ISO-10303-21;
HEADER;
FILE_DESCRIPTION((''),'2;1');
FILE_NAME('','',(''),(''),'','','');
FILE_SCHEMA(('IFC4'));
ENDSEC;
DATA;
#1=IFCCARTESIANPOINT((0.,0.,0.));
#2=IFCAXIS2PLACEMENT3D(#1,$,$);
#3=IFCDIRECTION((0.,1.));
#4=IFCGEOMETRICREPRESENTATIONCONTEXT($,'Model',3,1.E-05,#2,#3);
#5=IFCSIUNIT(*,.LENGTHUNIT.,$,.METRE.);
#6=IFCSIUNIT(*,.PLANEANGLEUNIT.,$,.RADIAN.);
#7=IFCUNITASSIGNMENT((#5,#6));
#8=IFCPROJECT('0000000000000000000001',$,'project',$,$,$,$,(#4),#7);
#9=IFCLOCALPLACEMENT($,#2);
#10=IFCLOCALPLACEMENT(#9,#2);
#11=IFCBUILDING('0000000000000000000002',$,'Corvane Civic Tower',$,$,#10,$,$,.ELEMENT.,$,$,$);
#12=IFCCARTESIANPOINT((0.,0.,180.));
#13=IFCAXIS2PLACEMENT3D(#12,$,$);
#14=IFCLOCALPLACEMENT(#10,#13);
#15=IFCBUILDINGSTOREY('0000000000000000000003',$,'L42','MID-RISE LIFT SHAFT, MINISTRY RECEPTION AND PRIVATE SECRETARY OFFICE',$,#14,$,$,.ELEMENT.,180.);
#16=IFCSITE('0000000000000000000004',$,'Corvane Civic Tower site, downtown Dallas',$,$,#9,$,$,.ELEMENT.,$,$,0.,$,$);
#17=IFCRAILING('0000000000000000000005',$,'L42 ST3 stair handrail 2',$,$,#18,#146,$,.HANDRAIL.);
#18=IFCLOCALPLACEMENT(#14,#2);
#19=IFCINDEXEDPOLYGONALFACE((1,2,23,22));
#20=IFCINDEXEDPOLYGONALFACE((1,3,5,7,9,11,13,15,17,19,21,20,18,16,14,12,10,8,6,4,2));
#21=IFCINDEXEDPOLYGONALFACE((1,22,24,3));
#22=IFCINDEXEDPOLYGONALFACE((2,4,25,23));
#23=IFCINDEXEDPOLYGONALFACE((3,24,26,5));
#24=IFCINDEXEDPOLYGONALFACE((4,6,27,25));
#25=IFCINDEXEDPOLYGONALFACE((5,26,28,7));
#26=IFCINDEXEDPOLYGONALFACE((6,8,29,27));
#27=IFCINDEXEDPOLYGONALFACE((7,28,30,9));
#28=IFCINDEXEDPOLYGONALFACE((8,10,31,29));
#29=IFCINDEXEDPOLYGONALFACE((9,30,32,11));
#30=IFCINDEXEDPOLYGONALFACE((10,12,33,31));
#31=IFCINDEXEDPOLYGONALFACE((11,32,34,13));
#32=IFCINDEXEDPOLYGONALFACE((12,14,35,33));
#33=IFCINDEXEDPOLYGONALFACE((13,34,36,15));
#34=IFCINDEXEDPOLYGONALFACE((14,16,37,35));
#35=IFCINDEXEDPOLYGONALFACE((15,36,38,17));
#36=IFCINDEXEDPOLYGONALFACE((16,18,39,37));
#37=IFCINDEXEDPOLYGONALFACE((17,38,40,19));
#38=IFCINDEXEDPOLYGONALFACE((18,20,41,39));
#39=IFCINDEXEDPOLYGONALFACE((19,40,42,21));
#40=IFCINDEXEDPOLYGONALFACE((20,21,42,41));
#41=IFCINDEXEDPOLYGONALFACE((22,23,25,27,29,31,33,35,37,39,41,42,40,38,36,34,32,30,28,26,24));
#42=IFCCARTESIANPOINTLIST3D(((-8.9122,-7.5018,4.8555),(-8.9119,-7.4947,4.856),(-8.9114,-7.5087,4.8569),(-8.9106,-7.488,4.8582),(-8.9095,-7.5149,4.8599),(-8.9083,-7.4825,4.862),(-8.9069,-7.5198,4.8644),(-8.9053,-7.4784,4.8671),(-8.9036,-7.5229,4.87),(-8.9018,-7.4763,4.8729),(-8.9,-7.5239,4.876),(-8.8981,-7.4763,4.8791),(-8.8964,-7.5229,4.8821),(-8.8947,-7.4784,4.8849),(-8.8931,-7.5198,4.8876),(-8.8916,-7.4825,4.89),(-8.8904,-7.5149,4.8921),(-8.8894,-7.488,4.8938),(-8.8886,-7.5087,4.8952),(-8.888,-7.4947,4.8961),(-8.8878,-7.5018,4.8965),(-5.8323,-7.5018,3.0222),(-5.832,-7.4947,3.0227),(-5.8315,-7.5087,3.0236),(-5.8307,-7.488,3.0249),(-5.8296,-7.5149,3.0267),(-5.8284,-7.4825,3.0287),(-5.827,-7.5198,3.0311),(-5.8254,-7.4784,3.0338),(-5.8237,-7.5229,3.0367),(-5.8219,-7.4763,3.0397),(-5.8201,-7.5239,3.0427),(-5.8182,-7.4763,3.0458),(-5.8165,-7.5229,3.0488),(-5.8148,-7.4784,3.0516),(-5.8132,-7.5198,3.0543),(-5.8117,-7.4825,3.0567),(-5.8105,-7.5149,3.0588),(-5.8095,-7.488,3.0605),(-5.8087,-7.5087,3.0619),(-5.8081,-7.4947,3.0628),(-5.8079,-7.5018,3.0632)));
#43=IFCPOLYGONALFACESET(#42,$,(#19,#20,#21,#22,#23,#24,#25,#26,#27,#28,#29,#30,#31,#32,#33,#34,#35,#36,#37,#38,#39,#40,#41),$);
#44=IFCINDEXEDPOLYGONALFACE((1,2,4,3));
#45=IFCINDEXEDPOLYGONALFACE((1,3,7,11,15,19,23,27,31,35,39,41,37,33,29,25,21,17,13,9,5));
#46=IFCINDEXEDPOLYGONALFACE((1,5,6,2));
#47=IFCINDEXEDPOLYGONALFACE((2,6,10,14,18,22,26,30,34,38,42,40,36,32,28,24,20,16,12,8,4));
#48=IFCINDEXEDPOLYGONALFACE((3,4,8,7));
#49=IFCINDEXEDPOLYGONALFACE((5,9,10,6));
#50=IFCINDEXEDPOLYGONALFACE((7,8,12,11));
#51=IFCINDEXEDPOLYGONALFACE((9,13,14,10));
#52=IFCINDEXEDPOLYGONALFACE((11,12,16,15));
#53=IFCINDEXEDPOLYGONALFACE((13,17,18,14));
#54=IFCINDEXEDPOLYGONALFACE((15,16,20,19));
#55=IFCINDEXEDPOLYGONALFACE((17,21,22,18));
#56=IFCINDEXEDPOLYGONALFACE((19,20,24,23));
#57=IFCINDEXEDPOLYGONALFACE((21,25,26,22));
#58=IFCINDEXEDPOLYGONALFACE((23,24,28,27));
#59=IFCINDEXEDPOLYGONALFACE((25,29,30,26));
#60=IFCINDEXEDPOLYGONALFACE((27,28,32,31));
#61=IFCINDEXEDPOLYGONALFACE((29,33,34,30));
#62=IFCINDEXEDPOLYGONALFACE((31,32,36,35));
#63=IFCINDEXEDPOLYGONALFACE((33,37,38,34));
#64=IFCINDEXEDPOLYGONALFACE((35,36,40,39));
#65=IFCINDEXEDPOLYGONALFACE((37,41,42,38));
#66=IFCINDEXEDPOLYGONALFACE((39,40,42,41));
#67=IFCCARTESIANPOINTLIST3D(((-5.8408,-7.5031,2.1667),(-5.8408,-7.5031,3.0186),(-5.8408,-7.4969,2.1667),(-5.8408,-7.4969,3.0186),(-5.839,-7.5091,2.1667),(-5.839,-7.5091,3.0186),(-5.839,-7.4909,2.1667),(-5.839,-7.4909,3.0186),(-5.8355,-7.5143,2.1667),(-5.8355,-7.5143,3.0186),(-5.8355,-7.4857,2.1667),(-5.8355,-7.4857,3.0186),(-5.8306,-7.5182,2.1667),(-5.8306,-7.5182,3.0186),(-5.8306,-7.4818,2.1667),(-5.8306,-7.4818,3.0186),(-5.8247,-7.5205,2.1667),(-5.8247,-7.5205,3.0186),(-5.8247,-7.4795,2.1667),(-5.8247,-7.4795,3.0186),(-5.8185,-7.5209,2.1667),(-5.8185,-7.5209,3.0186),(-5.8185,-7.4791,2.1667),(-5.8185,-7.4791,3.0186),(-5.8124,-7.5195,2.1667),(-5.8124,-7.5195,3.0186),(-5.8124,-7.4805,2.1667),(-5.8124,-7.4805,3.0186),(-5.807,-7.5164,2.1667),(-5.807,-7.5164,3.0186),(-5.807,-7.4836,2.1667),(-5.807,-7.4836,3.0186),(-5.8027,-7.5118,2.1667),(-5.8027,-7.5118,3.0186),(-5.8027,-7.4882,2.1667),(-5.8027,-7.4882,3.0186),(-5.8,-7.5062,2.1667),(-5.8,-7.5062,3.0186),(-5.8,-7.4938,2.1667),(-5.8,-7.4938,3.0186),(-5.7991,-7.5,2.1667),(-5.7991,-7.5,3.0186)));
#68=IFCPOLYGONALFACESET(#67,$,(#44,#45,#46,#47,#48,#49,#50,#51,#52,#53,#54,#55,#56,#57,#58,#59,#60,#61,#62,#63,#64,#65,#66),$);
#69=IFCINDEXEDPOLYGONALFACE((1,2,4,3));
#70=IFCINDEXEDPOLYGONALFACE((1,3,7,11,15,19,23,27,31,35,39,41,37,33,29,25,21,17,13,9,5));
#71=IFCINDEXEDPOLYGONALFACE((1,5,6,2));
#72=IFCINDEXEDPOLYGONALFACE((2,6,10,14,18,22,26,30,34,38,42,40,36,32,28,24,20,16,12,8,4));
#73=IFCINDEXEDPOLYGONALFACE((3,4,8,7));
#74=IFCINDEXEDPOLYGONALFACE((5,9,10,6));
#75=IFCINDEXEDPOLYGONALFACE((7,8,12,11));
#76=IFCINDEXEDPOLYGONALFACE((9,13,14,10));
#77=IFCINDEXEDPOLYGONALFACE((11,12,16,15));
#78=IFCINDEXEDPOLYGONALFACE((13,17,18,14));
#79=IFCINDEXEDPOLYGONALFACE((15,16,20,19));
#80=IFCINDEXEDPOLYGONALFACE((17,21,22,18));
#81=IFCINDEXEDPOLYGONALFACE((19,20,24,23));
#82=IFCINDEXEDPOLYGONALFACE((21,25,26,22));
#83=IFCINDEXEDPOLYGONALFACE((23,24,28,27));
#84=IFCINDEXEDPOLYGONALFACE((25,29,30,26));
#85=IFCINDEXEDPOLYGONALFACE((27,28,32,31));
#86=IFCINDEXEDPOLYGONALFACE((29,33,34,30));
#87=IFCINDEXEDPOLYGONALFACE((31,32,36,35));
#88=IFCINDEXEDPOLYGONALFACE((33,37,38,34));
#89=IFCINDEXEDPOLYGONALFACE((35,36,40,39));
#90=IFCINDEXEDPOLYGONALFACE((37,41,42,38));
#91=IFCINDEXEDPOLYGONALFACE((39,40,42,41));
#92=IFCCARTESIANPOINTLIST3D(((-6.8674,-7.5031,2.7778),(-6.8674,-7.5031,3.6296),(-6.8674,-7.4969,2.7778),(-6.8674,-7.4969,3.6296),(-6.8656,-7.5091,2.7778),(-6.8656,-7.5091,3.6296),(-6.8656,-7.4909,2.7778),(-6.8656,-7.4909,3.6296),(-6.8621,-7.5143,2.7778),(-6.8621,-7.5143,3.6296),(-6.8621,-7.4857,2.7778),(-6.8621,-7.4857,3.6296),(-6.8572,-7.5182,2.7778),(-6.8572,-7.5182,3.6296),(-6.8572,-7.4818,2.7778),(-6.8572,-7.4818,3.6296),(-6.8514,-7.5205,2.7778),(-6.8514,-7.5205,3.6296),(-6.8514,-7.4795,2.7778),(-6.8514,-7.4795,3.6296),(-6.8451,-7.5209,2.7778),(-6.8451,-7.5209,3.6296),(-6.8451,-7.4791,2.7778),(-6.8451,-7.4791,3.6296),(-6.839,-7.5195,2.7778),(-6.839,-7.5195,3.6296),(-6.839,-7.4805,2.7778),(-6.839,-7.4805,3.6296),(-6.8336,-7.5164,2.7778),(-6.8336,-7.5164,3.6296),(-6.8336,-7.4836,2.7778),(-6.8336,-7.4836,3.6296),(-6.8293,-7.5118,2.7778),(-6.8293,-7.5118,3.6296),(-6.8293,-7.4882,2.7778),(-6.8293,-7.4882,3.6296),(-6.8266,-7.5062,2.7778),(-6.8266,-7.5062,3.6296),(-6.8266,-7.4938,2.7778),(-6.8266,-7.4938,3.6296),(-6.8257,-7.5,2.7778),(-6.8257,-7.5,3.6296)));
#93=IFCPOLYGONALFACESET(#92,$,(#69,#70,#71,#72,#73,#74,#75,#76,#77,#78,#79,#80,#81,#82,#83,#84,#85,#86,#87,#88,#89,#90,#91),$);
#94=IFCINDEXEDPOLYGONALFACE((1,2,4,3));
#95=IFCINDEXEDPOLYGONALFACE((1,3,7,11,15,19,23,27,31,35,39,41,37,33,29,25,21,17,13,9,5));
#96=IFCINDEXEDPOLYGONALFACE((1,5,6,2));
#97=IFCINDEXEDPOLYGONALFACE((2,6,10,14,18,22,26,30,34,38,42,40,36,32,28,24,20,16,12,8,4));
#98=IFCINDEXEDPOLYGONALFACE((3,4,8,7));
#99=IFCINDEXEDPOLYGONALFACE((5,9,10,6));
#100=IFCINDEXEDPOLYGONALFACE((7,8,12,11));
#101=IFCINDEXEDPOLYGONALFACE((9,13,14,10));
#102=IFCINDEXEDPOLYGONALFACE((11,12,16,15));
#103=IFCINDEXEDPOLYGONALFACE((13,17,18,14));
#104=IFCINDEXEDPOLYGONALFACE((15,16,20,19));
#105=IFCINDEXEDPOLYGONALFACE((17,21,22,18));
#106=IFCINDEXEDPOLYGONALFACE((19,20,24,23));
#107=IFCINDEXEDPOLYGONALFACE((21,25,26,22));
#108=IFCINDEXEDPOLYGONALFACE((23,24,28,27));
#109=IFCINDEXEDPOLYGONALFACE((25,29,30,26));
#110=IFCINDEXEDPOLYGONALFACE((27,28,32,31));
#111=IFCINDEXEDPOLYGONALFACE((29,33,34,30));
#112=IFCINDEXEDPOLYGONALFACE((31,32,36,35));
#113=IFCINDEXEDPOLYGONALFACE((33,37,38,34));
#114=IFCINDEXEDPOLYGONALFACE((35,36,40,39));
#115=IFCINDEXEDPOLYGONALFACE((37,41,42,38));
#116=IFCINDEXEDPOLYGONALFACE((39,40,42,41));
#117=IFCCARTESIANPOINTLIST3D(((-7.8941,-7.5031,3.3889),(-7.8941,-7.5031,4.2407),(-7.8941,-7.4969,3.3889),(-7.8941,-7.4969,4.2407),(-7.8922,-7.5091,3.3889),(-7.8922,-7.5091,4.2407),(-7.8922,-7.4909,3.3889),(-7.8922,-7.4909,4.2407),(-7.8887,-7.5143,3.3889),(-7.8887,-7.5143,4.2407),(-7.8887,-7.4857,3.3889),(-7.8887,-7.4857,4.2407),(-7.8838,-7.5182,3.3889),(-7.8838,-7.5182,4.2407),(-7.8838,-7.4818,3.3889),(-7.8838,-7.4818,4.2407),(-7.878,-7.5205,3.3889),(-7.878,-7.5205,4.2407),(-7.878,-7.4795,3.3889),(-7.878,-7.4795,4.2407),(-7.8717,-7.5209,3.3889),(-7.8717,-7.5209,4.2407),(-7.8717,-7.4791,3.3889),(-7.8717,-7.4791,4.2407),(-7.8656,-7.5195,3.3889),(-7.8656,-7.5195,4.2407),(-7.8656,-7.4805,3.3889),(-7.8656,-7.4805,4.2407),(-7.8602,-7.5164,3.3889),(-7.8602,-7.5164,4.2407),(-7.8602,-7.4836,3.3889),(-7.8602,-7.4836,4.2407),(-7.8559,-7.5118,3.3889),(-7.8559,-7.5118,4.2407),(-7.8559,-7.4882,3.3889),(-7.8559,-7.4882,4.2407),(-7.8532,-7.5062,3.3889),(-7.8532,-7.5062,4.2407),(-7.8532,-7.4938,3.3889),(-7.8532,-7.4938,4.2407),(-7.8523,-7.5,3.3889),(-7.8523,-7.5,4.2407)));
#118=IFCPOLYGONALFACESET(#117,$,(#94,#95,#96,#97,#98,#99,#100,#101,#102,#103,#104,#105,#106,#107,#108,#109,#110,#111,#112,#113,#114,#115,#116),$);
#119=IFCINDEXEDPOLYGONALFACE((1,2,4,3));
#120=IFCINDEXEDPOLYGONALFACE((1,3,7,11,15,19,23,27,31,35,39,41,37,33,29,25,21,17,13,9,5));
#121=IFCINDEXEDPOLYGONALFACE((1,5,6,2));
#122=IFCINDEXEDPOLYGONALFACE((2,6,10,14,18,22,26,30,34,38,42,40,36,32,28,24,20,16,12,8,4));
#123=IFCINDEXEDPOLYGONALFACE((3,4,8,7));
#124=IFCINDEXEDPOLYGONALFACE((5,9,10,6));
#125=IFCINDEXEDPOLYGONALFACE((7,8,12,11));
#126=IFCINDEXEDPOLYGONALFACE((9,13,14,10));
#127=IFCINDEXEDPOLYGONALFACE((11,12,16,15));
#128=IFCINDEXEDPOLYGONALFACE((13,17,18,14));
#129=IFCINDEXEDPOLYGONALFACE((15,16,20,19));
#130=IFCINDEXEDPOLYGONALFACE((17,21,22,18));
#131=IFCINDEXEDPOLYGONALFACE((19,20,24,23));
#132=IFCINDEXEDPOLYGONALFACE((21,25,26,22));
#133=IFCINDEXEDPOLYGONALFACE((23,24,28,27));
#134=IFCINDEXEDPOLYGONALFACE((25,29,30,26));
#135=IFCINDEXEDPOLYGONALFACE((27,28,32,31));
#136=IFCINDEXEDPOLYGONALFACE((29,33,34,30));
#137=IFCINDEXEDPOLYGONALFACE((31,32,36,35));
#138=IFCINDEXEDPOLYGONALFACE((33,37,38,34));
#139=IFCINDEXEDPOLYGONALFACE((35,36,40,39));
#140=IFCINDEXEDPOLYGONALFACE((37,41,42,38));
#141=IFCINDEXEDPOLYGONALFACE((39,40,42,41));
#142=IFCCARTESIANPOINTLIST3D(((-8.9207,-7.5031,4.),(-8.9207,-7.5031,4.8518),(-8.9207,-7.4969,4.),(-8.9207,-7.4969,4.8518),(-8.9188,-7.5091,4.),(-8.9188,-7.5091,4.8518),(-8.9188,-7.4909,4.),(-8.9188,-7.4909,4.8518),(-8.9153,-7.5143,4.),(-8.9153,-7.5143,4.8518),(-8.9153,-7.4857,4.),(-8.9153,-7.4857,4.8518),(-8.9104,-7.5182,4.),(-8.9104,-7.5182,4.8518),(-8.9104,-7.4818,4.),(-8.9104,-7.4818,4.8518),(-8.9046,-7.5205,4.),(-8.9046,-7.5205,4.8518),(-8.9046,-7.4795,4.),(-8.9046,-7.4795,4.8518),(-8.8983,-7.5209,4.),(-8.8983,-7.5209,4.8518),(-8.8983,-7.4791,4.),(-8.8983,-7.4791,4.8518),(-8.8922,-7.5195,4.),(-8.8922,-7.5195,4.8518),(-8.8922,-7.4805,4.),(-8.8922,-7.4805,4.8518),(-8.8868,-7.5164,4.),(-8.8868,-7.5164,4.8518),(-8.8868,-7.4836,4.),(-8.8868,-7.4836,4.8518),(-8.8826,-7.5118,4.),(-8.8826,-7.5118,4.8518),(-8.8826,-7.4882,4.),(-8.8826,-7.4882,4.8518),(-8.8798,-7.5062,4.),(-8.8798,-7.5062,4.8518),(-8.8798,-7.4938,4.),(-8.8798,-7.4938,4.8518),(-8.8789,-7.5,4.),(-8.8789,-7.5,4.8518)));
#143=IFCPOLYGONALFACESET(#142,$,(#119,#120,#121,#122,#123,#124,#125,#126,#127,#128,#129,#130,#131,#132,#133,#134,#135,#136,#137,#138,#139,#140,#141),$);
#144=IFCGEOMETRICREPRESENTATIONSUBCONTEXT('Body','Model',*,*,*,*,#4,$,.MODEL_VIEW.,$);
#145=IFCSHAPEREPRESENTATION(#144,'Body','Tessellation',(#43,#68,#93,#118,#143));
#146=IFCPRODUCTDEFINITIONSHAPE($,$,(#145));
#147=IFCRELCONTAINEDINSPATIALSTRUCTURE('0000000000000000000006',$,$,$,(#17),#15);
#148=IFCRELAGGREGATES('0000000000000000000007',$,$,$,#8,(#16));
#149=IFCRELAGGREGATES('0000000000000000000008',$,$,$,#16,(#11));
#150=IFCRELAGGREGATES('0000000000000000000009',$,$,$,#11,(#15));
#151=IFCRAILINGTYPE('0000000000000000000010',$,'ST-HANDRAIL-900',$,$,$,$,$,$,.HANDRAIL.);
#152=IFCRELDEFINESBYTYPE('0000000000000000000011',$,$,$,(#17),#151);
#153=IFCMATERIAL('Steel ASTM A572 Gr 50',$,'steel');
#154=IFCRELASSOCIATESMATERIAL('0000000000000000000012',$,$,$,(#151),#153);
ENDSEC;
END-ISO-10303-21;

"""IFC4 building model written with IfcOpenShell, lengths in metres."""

from ifc_helpers import new_model, si_unit, direction, frame, origin, origin_2d, place, context, subcontext, project, spatial, circle, extrude, material, type_object, element, save


model = new_model("IFC4")

# Units and contexts
model_context = context("Model", 3, precision=1e-05, world=origin(), true_north=direction((0.0, 1.0)))
body_context = subcontext(model_context, "Body", "Model", "MODEL_VIEW")
ifc_project = project(units=[si_unit("LENGTHUNIT", "METRE"), si_unit("PLANEANGLEUNIT", "RADIAN")], contexts=[model_context])

# Site, building, storey
site_placement = place(None, origin())
site = spatial("IfcSite", under=ifc_project, at=site_placement, Name="Corvane Civic Tower site, downtown Dallas", CompositionType="ELEMENT", RefElevation=0.0)
building_placement = place(site_placement, origin())
building = spatial("IfcBuilding", under=site, at=building_placement, Name="Corvane Civic Tower", CompositionType="ELEMENT")
storey_placement = place(building_placement, frame((0.0, 0.0, 180.0)))
storey = spatial("IfcBuildingStorey", under=building, at=storey_placement, Name="L42", Description="MID-RISE LIFT SHAFT, MINISTRY RECEPTION AND PRIVATE SECRETARY OFFICE", CompositionType="ELEMENT", Elevation=180.0)

# Railing
ifc_material_1 = material(Name="Steel ASTM A572 Gr 50", Category="steel")
railing_type_1 = type_object("IfcRailingType", Name="ST-HANDRAIL-900", PredefinedType="HANDRAIL", material=ifc_material_1)
railing_1_placement = place(storey_placement, frame((-5.8201, -7.5, 2.1667)))
element("IfcRailing", 1, at=railing_1_placement, inside=storey, type_object=railing_type_1, Name="L42 ST3 stair handrail 2", PredefinedType="HANDRAIL", context=body_context, shape_type="SweptSolid", body=[
    extrude(circle(Radius=0.0239, at=origin_2d()), frame((0.0, 0.0, 0.876), z_axis=(-0.859291, 0.0, 0.511487), x_axis=(0.0, -1.0, 0.0)), (0.0, 0.0, 1.0), 3.5842),
    extrude(circle(Radius=0.021, at=origin_2d()), origin(), (0.0, 0.0, 1.0), 0.8518),
    extrude(circle(Radius=0.021, at=origin_2d()), frame((-1.0266, 0.0, 0.6111)), (0.0, 0.0, 1.0), 0.8518),
    extrude(circle(Radius=0.021, at=origin_2d()), frame((-2.0532, 0.0, 1.2222)), (0.0, 0.0, 1.0), 0.8518),
    extrude(circle(Radius=0.021, at=origin_2d()), frame((-3.0798, 0.0, 1.8333)), (0.0, 0.0, 1.0), 0.8518),
])

save(model, "model.ifc")
